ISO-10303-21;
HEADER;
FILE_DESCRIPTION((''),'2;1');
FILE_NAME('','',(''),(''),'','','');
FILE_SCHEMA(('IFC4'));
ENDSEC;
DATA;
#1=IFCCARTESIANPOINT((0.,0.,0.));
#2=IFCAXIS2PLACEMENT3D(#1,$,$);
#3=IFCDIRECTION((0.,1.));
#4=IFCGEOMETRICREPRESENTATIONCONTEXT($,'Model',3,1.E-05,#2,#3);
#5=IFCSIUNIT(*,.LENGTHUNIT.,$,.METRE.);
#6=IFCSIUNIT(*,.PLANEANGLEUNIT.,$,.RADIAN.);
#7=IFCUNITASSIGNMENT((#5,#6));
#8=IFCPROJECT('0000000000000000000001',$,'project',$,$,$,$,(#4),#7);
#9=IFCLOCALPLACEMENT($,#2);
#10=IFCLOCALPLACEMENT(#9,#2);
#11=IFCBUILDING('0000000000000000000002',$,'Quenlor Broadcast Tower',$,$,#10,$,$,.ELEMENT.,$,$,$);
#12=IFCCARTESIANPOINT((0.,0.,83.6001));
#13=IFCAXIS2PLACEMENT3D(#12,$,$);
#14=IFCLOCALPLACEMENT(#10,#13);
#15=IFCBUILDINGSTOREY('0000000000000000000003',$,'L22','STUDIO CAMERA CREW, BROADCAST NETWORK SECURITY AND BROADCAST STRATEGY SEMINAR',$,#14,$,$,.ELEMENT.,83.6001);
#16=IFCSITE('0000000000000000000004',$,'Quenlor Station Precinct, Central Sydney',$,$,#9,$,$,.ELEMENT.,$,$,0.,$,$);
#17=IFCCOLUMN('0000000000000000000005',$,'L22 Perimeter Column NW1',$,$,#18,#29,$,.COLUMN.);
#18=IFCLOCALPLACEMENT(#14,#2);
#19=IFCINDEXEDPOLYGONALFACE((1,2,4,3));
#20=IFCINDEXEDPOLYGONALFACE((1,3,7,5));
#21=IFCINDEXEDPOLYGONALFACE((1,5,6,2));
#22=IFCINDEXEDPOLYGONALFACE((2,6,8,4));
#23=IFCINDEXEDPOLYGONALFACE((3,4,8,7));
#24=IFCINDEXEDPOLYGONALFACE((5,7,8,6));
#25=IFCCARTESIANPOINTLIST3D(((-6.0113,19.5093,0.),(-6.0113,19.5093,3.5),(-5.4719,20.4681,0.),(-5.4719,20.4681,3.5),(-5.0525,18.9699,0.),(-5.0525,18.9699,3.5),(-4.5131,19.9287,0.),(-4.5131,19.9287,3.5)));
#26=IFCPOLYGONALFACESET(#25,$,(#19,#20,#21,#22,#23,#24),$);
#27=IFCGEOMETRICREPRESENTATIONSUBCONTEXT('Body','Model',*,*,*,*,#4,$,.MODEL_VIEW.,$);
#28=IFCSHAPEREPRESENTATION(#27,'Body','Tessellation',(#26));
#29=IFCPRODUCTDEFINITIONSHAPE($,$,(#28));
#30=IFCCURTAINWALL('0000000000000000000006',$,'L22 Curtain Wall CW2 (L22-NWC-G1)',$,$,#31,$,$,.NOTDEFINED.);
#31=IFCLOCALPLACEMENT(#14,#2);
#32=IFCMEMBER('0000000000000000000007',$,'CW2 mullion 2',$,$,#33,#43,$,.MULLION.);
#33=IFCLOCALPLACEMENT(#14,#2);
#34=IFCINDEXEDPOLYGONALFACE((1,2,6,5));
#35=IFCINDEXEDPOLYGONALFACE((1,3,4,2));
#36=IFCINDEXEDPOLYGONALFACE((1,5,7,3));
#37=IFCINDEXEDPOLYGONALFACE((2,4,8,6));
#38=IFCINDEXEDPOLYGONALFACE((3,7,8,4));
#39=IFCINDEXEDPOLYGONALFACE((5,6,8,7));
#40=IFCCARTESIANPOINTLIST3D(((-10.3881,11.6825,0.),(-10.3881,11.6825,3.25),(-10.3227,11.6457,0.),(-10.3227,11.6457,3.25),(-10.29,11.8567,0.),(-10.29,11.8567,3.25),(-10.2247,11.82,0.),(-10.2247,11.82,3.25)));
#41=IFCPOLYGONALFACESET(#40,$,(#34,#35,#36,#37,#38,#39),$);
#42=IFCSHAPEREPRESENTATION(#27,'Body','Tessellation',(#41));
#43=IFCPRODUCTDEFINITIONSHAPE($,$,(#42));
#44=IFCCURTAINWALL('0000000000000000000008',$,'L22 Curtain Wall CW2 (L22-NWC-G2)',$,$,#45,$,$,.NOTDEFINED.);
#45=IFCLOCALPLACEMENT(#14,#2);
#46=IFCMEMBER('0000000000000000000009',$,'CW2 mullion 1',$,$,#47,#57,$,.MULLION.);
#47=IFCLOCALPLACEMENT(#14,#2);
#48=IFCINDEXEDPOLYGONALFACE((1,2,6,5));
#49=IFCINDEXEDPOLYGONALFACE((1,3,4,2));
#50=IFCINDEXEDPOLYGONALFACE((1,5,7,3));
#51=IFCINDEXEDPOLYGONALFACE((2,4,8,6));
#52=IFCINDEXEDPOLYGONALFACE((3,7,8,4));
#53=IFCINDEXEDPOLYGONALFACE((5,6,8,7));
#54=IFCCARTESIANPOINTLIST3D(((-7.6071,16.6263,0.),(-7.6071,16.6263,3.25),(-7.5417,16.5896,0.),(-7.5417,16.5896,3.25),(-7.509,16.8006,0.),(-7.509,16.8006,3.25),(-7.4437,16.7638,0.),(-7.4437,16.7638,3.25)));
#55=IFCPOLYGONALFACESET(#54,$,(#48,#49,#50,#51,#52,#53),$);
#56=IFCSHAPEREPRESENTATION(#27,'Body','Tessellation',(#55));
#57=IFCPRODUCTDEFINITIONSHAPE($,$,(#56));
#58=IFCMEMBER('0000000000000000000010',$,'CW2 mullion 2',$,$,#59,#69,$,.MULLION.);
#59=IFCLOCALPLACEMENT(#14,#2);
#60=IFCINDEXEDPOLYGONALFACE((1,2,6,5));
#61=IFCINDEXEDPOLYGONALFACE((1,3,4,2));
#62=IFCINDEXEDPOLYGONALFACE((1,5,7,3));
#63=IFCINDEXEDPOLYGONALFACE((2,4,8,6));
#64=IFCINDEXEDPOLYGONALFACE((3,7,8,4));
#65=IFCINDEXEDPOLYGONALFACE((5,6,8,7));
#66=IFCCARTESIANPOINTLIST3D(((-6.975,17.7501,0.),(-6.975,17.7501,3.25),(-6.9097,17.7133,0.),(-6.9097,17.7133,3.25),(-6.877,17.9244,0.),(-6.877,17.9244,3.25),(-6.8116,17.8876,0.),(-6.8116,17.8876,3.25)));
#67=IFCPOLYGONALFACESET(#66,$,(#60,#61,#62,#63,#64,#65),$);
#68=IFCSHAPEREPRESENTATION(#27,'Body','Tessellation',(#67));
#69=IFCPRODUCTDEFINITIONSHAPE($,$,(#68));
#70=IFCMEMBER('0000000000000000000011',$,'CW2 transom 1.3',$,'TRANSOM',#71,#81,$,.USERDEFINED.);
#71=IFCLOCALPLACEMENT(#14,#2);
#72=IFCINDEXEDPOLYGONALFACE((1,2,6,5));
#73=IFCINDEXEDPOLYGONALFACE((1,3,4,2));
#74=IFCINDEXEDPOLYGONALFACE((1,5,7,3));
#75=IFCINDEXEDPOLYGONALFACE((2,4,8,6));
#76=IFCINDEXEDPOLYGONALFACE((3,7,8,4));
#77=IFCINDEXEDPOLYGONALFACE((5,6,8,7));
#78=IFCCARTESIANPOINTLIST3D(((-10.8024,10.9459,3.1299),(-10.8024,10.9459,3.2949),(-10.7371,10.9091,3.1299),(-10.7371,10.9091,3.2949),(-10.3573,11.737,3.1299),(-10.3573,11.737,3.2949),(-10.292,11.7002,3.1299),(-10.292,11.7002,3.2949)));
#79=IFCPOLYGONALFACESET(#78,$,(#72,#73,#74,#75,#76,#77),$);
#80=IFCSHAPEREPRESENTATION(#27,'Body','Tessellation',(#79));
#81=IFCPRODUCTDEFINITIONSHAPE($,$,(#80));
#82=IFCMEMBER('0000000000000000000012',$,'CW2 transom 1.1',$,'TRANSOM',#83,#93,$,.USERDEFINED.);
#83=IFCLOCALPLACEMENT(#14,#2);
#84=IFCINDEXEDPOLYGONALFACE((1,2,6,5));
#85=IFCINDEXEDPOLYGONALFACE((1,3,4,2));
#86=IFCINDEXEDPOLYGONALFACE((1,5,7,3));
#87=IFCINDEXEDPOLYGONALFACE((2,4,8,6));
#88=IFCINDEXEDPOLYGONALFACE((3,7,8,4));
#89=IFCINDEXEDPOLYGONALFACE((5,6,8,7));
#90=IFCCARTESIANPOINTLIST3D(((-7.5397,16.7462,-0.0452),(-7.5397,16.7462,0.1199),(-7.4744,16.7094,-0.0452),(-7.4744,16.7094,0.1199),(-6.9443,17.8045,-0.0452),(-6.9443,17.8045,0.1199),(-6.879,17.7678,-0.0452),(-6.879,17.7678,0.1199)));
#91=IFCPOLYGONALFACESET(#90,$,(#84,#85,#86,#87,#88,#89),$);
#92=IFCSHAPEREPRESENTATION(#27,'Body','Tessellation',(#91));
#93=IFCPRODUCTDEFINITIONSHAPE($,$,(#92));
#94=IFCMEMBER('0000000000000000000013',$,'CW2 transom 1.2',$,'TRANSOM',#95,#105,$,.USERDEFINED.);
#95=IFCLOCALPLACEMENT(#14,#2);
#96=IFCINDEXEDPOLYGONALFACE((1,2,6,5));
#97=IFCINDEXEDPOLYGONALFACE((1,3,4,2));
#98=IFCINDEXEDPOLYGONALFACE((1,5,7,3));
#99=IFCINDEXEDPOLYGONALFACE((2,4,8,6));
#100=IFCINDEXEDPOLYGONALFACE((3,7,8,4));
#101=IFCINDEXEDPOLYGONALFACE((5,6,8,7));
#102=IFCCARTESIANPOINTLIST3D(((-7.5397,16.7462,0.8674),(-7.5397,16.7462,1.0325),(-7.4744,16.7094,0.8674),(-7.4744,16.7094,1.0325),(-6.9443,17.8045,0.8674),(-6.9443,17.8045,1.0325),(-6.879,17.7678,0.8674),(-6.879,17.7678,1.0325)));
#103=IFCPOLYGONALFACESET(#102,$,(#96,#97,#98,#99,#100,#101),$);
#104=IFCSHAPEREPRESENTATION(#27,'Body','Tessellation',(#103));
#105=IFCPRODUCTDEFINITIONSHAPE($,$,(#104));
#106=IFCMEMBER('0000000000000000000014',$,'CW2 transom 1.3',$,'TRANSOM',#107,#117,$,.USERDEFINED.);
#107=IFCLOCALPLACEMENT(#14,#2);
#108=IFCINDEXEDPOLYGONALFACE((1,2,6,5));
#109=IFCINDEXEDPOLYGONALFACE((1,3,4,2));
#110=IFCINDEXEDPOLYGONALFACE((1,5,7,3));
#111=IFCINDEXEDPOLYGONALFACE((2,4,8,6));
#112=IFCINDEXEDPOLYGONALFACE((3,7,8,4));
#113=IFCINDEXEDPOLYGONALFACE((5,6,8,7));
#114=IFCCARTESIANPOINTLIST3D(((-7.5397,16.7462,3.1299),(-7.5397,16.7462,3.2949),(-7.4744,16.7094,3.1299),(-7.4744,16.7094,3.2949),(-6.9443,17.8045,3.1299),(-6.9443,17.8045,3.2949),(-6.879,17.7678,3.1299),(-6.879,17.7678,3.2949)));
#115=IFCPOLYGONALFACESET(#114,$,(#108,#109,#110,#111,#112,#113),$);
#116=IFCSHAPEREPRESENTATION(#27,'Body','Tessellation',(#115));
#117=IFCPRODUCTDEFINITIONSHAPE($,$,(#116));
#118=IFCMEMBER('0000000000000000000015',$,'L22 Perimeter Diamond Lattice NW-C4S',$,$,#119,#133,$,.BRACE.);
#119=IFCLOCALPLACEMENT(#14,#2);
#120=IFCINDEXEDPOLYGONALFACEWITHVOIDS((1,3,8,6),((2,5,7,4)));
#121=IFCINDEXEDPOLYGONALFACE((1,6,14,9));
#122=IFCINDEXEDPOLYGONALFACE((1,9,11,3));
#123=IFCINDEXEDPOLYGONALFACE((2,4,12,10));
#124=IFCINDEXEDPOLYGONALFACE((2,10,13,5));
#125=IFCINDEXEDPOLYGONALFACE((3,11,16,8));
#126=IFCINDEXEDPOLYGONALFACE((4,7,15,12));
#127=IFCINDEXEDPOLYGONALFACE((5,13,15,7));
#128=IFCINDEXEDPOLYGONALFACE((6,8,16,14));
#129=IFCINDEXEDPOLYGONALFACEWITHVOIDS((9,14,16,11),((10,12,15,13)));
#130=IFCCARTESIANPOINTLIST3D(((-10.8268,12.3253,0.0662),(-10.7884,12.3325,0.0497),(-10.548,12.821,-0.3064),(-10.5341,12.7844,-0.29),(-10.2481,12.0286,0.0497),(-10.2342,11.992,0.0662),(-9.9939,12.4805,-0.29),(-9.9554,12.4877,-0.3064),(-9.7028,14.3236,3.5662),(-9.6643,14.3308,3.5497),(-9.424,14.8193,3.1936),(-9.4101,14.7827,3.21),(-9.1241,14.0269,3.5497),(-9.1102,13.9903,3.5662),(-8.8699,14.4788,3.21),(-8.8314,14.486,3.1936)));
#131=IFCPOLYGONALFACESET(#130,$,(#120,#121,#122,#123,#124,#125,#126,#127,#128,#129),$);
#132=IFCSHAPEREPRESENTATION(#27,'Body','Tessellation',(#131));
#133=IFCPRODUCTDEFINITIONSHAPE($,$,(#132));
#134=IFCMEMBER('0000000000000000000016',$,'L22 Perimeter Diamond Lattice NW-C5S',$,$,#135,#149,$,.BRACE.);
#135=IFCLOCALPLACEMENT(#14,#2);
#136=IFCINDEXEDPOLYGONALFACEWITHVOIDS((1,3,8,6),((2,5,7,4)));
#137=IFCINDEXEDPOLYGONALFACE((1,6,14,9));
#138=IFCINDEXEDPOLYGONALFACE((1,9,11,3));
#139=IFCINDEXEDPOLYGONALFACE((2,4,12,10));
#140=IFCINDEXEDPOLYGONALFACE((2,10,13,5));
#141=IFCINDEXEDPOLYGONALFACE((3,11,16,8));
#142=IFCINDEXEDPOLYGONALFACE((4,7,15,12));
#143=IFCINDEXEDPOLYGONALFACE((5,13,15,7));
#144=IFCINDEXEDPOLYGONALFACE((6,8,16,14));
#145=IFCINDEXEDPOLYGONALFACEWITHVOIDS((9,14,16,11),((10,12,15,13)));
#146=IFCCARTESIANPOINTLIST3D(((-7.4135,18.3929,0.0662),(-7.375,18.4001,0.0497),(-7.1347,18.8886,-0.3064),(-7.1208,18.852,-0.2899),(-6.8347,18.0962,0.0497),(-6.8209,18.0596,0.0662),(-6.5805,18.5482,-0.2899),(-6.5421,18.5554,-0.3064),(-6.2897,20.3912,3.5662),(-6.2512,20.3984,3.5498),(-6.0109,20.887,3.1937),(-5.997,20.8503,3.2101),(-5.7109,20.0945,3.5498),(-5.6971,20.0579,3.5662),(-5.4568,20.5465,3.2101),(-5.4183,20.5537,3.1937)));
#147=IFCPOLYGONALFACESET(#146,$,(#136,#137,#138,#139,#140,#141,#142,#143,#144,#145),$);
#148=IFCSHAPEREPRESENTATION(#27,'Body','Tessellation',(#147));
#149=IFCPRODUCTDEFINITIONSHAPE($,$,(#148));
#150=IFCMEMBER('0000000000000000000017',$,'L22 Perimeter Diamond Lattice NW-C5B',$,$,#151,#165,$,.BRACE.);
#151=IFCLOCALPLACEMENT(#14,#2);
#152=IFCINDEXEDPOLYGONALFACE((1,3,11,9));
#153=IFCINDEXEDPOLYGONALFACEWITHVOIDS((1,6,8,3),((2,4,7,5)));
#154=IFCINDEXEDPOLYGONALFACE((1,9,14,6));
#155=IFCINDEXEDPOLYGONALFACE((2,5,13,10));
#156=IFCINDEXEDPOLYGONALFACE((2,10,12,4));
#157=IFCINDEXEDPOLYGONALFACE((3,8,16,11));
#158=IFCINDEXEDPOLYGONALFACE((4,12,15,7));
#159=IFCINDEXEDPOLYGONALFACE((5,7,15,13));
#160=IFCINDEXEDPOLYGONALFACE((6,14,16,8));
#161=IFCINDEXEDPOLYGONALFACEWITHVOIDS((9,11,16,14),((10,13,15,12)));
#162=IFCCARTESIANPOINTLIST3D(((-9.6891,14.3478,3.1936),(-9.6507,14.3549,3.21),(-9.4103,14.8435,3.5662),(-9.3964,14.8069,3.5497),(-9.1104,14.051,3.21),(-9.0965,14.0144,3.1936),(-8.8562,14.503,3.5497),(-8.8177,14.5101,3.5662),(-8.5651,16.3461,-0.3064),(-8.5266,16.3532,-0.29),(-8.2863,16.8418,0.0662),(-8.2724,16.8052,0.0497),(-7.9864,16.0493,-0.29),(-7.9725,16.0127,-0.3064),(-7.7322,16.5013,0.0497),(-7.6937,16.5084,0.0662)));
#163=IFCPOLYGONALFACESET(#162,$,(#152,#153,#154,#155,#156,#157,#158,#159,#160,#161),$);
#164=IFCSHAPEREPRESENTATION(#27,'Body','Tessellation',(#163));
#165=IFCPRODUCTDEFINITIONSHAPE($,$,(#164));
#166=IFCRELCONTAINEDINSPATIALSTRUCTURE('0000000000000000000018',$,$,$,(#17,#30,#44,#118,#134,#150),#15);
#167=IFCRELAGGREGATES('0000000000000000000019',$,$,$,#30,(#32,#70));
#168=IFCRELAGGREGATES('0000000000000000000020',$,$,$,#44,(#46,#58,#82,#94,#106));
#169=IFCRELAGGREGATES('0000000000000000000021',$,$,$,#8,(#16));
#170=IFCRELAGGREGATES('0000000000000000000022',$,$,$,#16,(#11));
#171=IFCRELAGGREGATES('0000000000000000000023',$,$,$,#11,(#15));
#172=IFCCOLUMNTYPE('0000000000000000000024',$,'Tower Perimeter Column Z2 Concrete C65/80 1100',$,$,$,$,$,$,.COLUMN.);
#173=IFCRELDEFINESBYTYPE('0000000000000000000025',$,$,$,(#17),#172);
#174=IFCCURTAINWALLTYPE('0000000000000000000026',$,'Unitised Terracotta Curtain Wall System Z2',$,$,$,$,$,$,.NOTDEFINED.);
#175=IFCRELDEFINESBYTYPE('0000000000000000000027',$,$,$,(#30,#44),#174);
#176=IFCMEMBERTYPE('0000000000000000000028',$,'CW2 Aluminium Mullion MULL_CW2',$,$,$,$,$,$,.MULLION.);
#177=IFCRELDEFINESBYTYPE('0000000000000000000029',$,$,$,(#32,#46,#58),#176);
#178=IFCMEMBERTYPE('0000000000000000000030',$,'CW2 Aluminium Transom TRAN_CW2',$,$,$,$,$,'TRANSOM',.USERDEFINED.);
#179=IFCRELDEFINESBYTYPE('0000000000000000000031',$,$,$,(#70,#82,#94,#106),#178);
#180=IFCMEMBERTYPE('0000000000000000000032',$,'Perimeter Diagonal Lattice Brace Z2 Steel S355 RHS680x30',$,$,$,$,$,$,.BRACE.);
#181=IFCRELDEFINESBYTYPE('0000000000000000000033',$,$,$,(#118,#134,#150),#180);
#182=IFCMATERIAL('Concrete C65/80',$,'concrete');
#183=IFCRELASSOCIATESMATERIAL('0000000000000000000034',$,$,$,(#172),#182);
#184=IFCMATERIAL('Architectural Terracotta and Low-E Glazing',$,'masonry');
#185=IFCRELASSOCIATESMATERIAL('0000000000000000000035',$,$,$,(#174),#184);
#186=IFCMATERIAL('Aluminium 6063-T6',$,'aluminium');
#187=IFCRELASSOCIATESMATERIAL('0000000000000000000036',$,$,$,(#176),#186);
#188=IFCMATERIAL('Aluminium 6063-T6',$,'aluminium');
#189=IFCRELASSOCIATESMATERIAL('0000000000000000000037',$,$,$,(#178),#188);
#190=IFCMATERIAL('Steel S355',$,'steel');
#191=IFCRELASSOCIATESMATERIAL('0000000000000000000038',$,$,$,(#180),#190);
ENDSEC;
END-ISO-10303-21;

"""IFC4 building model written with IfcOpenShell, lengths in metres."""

from ifc_helpers import new_model, si_unit, direction, frame, origin, origin_2d, place, context, subcontext, project, spatial, rectangle, hollow_rectangle, extrude, material, material_profile, profile_set, type_object, element, aggregate, save


model = new_model("IFC4")

# Units and contexts
model_context = context("Model", 3, precision=1e-05, world=origin(), true_north=direction((0.0, 1.0)))
body_context = subcontext(model_context, "Body", "Model", "MODEL_VIEW")
ifc_project = project(units=[si_unit("LENGTHUNIT", "METRE"), si_unit("PLANEANGLEUNIT", "RADIAN")], contexts=[model_context])

# Site, building, storey
site_placement = place(None, origin())
site = spatial("IfcSite", under=ifc_project, at=site_placement, Name="Quenlor Station Precinct, Central Sydney", CompositionType="ELEMENT", RefElevation=0.0)
building_placement = place(site_placement, origin())
building = spatial("IfcBuilding", under=site, at=building_placement, Name="Quenlor Broadcast Tower", CompositionType="ELEMENT")
storey_placement = place(building_placement, frame((0.0, 0.0, 83.6001)))
storey = spatial("IfcBuildingStorey", under=building, at=storey_placement, Name="L22", Description="STUDIO CAMERA CREW, BROADCAST NETWORK SECURITY AND BROADCAST STRATEGY SEMINAR", CompositionType="ELEMENT", Elevation=83.6001)

# Column
ifc_material_1 = material(Name="Concrete C65/80", Category="concrete")
ifc_material_profile_1 = material_profile(ifc_material_1, rectangle(XDim=1.1001, YDim=1.1001, at=origin_2d()))
ifc_profile_set_1 = profile_set([ifc_material_profile_1], Name="Concrete C65/80 RC1100x1100")
column_type = type_object("IfcColumnType", Name="Tower Perimeter Column Z2 Concrete C65/80 1100", PredefinedType="COLUMN", material=ifc_profile_set_1)
column_placement = place(storey_placement, frame((-5.2622, 19.719, 0.0), z_axis=(0.0, 0.0, 1.0), x_axis=(-0.871575, 0.490262, 0.0)))
element("IfcColumn", 1, at=column_placement, inside=storey, type_object=column_type, Name="L22 Perimeter Column NW1", PredefinedType="COLUMN", context=body_context, shape_type="SweptSolid", body=[
    extrude(rectangle(XDim=1.1001, YDim=1.1001, at=origin_2d()), origin(), (0.0, 0.0, 1.0), 3.5),
])

# Curtain wall, member
ifc_material_2 = material(Name="Architectural Terracotta and Low-E Glazing", Category="masonry")
curtain_wall_type = type_object("IfcCurtainWallType", Name="Unitised Terracotta Curtain Wall System Z2", PredefinedType="NOTDEFINED", material=ifc_material_2)
curtain_wall_1_placement = place(storey_placement, origin())
curtain_wall_1 = element("IfcCurtainWall", 2, at=curtain_wall_1_placement, inside=storey, type_object=curtain_wall_type, Name="L22 Curtain Wall CW2 (L22-NWC-G1)", PredefinedType="NOTDEFINED")
ifc_material_3 = material(Name="Aluminium 6063-T6", Category="aluminium")
ifc_material_profile_2 = material_profile(ifc_material_3, rectangle(XDim=0.075, YDim=0.2, at=origin_2d()))
ifc_profile_set_2 = profile_set([ifc_material_profile_2], Name="Aluminium 6063-T6 MULL75x200")
member_type_1 = type_object("IfcMemberType", Name="CW2 Aluminium Mullion MULL_CW2", PredefinedType="MULLION", material=ifc_profile_set_2)
member_1_placement = place(storey_placement, frame((-10.3064, 11.7512, 0.0), z_axis=(0.0, 0.0, 1.0), x_axis=(-0.871581, 0.490252, 0.0)))
member_1 = element("IfcMember", 3, at=member_1_placement, type_object=member_type_1, Name="CW2 mullion 2", PredefinedType="MULLION", context=body_context, shape_type="SweptSolid", body=[
    extrude(rectangle(XDim=0.075, YDim=0.2, at=origin_2d()), origin(), (0.0, 0.0, 1.0), 3.25),
])

# Curtain wall, members
curtain_wall_2_placement = place(storey_placement, origin())
curtain_wall_2 = element("IfcCurtainWall", 4, at=curtain_wall_2_placement, inside=storey, type_object=curtain_wall_type, Name="L22 Curtain Wall CW2 (L22-NWC-G2)", PredefinedType="NOTDEFINED")
member_2_placement = place(storey_placement, frame((-7.5254, 16.6951, 0.0), z_axis=(0.0, 0.0, 1.0), x_axis=(-0.871583, 0.490247, 0.0)))
member_2 = element("IfcMember", 5, at=member_2_placement, type_object=member_type_1, Name="CW2 mullion 1", PredefinedType="MULLION", context=body_context, shape_type="SweptSolid", body=[
    extrude(rectangle(XDim=0.075, YDim=0.2, at=origin_2d()), origin(), (0.0, 0.0, 1.0), 3.25),
])
member_3_placement = place(storey_placement, frame((-6.8933, 17.8188, 0.0), z_axis=(0.0, 0.0, 1.0), x_axis=(-0.871583, 0.490247, 0.0)))
member_3 = element("IfcMember", 6, at=member_3_placement, type_object=member_type_1, Name="CW2 mullion 2", PredefinedType="MULLION", context=body_context, shape_type="SweptSolid", body=[
    extrude(rectangle(XDim=0.075, YDim=0.2, at=origin_2d()), origin(), (0.0, 0.0, 1.0), 3.25),
])

# Members
ifc_material_4 = material(Name="Aluminium 6063-T6", Category="aluminium")
ifc_material_profile_3 = material_profile(ifc_material_4, rectangle(XDim=0.075, YDim=0.165, at=origin_2d()))
ifc_profile_set_3 = profile_set([ifc_material_profile_3], Name="Aluminium 6063-T6 TRAN75x165")
member_type_2 = type_object("IfcMemberType", Name="CW2 Aluminium Transom TRAN_CW2", ElementType="TRANSOM", PredefinedType="USERDEFINED", material=ifc_profile_set_3)
member_4_placement = place(storey_placement, frame((-10.7698, 10.9275, 3.2124), z_axis=(0.490363, 0.871518, 0.0), x_axis=(-0.871518, 0.490363, 0.0)))
member_4 = element("IfcMember", 7, at=member_4_placement, type_object=member_type_2, Name="CW2 transom 1.3", ObjectType="TRANSOM", PredefinedType="USERDEFINED", context=body_context, shape_type="SweptSolid", body=[
    extrude(rectangle(XDim=0.075, YDim=0.165, at=origin_2d()), origin(), (0.0, 0.0, 1.0), 0.9077),
])
member_5_placement = place(storey_placement, frame((-7.5071, 16.7278, 0.0374), z_axis=(0.490347, 0.871527, 0.0), x_axis=(-0.871527, 0.490347, 0.0)))
member_5 = element("IfcMember", 8, at=member_5_placement, type_object=member_type_2, Name="CW2 transom 1.1", ObjectType="TRANSOM", PredefinedType="USERDEFINED", context=body_context, shape_type="SweptSolid", body=[
    extrude(rectangle(XDim=0.075, YDim=0.165, at=origin_2d()), origin(), (0.0, 0.0, 1.0), 1.2144),
])
member_6_placement = place(storey_placement, frame((-7.5071, 16.7278, 0.95), z_axis=(0.490347, 0.871527, 0.0), x_axis=(-0.871527, 0.490347, 0.0)))
member_6 = element("IfcMember", 9, at=member_6_placement, type_object=member_type_2, Name="CW2 transom 1.2", ObjectType="TRANSOM", PredefinedType="USERDEFINED", context=body_context, shape_type="SweptSolid", body=[
    extrude(rectangle(XDim=0.075, YDim=0.165, at=origin_2d()), origin(), (0.0, 0.0, 1.0), 1.2144),
])
member_7_placement = place(storey_placement, frame((-7.5071, 16.7278, 3.2124), z_axis=(0.490347, 0.871527, 0.0), x_axis=(-0.871527, 0.490347, 0.0)))
member_7 = element("IfcMember", 10, at=member_7_placement, type_object=member_type_2, Name="CW2 transom 1.3", ObjectType="TRANSOM", PredefinedType="USERDEFINED", context=body_context, shape_type="SweptSolid", body=[
    extrude(rectangle(XDim=0.075, YDim=0.165, at=origin_2d()), origin(), (0.0, 0.0, 1.0), 1.2144),
])

# Members
ifc_material_5 = material(Name="Steel S355", Category="steel")
ifc_material_profile_4 = material_profile(ifc_material_5, hollow_rectangle(XDim=0.6799, YDim=0.6799, WallThickness=0.03, at=origin_2d()))
ifc_profile_set_4 = profile_set([ifc_material_profile_4], Name="Steel S355 RHS680x680x30")
member_type_3 = type_object("IfcMemberType", Name="Perimeter Diagonal Lattice Brace Z2 Steel S355 RHS680x30", PredefinedType="BRACE", material=ifc_profile_set_4)
for number, where, z_axis, x_axis, name in (
    (11, (-10.3911, 12.4065, -0.1201), (0.268642, 0.477593, 0.836502), (-0.871578, 0.490256, 0.0), "L22 Perimeter Diamond Lattice NW-C4S"),
    (12, (-6.9778, 18.4741, -0.1201), (0.268588, 0.4776, 0.836516), (-0.871624, 0.490175, 0.0), "L22 Perimeter Diamond Lattice NW-C5S"),
    (13, (-8.1294, 16.4272, -0.1201), (-0.268642, -0.477593, 0.836502), (0.871578, -0.490256, 0.0), "L22 Perimeter Diamond Lattice NW-C5B"),
):
    element("IfcMember", number, at=place(storey_placement, frame(where, z_axis=z_axis, x_axis=x_axis)), inside=storey, type_object=member_type_3, Name=name, PredefinedType="BRACE", context=body_context, shape_type="SweptSolid", body=[
        extrude(hollow_rectangle(XDim=0.6799, YDim=0.6799, WallThickness=0.03, at=origin_2d()), origin(), (0.0, 0.0, 1.0), 4.1841),
    ])

aggregate(curtain_wall_1, [member_1, member_4])
aggregate(curtain_wall_2, [member_2, member_3, member_5, member_6, member_7])

save(model, "model.ifc")
